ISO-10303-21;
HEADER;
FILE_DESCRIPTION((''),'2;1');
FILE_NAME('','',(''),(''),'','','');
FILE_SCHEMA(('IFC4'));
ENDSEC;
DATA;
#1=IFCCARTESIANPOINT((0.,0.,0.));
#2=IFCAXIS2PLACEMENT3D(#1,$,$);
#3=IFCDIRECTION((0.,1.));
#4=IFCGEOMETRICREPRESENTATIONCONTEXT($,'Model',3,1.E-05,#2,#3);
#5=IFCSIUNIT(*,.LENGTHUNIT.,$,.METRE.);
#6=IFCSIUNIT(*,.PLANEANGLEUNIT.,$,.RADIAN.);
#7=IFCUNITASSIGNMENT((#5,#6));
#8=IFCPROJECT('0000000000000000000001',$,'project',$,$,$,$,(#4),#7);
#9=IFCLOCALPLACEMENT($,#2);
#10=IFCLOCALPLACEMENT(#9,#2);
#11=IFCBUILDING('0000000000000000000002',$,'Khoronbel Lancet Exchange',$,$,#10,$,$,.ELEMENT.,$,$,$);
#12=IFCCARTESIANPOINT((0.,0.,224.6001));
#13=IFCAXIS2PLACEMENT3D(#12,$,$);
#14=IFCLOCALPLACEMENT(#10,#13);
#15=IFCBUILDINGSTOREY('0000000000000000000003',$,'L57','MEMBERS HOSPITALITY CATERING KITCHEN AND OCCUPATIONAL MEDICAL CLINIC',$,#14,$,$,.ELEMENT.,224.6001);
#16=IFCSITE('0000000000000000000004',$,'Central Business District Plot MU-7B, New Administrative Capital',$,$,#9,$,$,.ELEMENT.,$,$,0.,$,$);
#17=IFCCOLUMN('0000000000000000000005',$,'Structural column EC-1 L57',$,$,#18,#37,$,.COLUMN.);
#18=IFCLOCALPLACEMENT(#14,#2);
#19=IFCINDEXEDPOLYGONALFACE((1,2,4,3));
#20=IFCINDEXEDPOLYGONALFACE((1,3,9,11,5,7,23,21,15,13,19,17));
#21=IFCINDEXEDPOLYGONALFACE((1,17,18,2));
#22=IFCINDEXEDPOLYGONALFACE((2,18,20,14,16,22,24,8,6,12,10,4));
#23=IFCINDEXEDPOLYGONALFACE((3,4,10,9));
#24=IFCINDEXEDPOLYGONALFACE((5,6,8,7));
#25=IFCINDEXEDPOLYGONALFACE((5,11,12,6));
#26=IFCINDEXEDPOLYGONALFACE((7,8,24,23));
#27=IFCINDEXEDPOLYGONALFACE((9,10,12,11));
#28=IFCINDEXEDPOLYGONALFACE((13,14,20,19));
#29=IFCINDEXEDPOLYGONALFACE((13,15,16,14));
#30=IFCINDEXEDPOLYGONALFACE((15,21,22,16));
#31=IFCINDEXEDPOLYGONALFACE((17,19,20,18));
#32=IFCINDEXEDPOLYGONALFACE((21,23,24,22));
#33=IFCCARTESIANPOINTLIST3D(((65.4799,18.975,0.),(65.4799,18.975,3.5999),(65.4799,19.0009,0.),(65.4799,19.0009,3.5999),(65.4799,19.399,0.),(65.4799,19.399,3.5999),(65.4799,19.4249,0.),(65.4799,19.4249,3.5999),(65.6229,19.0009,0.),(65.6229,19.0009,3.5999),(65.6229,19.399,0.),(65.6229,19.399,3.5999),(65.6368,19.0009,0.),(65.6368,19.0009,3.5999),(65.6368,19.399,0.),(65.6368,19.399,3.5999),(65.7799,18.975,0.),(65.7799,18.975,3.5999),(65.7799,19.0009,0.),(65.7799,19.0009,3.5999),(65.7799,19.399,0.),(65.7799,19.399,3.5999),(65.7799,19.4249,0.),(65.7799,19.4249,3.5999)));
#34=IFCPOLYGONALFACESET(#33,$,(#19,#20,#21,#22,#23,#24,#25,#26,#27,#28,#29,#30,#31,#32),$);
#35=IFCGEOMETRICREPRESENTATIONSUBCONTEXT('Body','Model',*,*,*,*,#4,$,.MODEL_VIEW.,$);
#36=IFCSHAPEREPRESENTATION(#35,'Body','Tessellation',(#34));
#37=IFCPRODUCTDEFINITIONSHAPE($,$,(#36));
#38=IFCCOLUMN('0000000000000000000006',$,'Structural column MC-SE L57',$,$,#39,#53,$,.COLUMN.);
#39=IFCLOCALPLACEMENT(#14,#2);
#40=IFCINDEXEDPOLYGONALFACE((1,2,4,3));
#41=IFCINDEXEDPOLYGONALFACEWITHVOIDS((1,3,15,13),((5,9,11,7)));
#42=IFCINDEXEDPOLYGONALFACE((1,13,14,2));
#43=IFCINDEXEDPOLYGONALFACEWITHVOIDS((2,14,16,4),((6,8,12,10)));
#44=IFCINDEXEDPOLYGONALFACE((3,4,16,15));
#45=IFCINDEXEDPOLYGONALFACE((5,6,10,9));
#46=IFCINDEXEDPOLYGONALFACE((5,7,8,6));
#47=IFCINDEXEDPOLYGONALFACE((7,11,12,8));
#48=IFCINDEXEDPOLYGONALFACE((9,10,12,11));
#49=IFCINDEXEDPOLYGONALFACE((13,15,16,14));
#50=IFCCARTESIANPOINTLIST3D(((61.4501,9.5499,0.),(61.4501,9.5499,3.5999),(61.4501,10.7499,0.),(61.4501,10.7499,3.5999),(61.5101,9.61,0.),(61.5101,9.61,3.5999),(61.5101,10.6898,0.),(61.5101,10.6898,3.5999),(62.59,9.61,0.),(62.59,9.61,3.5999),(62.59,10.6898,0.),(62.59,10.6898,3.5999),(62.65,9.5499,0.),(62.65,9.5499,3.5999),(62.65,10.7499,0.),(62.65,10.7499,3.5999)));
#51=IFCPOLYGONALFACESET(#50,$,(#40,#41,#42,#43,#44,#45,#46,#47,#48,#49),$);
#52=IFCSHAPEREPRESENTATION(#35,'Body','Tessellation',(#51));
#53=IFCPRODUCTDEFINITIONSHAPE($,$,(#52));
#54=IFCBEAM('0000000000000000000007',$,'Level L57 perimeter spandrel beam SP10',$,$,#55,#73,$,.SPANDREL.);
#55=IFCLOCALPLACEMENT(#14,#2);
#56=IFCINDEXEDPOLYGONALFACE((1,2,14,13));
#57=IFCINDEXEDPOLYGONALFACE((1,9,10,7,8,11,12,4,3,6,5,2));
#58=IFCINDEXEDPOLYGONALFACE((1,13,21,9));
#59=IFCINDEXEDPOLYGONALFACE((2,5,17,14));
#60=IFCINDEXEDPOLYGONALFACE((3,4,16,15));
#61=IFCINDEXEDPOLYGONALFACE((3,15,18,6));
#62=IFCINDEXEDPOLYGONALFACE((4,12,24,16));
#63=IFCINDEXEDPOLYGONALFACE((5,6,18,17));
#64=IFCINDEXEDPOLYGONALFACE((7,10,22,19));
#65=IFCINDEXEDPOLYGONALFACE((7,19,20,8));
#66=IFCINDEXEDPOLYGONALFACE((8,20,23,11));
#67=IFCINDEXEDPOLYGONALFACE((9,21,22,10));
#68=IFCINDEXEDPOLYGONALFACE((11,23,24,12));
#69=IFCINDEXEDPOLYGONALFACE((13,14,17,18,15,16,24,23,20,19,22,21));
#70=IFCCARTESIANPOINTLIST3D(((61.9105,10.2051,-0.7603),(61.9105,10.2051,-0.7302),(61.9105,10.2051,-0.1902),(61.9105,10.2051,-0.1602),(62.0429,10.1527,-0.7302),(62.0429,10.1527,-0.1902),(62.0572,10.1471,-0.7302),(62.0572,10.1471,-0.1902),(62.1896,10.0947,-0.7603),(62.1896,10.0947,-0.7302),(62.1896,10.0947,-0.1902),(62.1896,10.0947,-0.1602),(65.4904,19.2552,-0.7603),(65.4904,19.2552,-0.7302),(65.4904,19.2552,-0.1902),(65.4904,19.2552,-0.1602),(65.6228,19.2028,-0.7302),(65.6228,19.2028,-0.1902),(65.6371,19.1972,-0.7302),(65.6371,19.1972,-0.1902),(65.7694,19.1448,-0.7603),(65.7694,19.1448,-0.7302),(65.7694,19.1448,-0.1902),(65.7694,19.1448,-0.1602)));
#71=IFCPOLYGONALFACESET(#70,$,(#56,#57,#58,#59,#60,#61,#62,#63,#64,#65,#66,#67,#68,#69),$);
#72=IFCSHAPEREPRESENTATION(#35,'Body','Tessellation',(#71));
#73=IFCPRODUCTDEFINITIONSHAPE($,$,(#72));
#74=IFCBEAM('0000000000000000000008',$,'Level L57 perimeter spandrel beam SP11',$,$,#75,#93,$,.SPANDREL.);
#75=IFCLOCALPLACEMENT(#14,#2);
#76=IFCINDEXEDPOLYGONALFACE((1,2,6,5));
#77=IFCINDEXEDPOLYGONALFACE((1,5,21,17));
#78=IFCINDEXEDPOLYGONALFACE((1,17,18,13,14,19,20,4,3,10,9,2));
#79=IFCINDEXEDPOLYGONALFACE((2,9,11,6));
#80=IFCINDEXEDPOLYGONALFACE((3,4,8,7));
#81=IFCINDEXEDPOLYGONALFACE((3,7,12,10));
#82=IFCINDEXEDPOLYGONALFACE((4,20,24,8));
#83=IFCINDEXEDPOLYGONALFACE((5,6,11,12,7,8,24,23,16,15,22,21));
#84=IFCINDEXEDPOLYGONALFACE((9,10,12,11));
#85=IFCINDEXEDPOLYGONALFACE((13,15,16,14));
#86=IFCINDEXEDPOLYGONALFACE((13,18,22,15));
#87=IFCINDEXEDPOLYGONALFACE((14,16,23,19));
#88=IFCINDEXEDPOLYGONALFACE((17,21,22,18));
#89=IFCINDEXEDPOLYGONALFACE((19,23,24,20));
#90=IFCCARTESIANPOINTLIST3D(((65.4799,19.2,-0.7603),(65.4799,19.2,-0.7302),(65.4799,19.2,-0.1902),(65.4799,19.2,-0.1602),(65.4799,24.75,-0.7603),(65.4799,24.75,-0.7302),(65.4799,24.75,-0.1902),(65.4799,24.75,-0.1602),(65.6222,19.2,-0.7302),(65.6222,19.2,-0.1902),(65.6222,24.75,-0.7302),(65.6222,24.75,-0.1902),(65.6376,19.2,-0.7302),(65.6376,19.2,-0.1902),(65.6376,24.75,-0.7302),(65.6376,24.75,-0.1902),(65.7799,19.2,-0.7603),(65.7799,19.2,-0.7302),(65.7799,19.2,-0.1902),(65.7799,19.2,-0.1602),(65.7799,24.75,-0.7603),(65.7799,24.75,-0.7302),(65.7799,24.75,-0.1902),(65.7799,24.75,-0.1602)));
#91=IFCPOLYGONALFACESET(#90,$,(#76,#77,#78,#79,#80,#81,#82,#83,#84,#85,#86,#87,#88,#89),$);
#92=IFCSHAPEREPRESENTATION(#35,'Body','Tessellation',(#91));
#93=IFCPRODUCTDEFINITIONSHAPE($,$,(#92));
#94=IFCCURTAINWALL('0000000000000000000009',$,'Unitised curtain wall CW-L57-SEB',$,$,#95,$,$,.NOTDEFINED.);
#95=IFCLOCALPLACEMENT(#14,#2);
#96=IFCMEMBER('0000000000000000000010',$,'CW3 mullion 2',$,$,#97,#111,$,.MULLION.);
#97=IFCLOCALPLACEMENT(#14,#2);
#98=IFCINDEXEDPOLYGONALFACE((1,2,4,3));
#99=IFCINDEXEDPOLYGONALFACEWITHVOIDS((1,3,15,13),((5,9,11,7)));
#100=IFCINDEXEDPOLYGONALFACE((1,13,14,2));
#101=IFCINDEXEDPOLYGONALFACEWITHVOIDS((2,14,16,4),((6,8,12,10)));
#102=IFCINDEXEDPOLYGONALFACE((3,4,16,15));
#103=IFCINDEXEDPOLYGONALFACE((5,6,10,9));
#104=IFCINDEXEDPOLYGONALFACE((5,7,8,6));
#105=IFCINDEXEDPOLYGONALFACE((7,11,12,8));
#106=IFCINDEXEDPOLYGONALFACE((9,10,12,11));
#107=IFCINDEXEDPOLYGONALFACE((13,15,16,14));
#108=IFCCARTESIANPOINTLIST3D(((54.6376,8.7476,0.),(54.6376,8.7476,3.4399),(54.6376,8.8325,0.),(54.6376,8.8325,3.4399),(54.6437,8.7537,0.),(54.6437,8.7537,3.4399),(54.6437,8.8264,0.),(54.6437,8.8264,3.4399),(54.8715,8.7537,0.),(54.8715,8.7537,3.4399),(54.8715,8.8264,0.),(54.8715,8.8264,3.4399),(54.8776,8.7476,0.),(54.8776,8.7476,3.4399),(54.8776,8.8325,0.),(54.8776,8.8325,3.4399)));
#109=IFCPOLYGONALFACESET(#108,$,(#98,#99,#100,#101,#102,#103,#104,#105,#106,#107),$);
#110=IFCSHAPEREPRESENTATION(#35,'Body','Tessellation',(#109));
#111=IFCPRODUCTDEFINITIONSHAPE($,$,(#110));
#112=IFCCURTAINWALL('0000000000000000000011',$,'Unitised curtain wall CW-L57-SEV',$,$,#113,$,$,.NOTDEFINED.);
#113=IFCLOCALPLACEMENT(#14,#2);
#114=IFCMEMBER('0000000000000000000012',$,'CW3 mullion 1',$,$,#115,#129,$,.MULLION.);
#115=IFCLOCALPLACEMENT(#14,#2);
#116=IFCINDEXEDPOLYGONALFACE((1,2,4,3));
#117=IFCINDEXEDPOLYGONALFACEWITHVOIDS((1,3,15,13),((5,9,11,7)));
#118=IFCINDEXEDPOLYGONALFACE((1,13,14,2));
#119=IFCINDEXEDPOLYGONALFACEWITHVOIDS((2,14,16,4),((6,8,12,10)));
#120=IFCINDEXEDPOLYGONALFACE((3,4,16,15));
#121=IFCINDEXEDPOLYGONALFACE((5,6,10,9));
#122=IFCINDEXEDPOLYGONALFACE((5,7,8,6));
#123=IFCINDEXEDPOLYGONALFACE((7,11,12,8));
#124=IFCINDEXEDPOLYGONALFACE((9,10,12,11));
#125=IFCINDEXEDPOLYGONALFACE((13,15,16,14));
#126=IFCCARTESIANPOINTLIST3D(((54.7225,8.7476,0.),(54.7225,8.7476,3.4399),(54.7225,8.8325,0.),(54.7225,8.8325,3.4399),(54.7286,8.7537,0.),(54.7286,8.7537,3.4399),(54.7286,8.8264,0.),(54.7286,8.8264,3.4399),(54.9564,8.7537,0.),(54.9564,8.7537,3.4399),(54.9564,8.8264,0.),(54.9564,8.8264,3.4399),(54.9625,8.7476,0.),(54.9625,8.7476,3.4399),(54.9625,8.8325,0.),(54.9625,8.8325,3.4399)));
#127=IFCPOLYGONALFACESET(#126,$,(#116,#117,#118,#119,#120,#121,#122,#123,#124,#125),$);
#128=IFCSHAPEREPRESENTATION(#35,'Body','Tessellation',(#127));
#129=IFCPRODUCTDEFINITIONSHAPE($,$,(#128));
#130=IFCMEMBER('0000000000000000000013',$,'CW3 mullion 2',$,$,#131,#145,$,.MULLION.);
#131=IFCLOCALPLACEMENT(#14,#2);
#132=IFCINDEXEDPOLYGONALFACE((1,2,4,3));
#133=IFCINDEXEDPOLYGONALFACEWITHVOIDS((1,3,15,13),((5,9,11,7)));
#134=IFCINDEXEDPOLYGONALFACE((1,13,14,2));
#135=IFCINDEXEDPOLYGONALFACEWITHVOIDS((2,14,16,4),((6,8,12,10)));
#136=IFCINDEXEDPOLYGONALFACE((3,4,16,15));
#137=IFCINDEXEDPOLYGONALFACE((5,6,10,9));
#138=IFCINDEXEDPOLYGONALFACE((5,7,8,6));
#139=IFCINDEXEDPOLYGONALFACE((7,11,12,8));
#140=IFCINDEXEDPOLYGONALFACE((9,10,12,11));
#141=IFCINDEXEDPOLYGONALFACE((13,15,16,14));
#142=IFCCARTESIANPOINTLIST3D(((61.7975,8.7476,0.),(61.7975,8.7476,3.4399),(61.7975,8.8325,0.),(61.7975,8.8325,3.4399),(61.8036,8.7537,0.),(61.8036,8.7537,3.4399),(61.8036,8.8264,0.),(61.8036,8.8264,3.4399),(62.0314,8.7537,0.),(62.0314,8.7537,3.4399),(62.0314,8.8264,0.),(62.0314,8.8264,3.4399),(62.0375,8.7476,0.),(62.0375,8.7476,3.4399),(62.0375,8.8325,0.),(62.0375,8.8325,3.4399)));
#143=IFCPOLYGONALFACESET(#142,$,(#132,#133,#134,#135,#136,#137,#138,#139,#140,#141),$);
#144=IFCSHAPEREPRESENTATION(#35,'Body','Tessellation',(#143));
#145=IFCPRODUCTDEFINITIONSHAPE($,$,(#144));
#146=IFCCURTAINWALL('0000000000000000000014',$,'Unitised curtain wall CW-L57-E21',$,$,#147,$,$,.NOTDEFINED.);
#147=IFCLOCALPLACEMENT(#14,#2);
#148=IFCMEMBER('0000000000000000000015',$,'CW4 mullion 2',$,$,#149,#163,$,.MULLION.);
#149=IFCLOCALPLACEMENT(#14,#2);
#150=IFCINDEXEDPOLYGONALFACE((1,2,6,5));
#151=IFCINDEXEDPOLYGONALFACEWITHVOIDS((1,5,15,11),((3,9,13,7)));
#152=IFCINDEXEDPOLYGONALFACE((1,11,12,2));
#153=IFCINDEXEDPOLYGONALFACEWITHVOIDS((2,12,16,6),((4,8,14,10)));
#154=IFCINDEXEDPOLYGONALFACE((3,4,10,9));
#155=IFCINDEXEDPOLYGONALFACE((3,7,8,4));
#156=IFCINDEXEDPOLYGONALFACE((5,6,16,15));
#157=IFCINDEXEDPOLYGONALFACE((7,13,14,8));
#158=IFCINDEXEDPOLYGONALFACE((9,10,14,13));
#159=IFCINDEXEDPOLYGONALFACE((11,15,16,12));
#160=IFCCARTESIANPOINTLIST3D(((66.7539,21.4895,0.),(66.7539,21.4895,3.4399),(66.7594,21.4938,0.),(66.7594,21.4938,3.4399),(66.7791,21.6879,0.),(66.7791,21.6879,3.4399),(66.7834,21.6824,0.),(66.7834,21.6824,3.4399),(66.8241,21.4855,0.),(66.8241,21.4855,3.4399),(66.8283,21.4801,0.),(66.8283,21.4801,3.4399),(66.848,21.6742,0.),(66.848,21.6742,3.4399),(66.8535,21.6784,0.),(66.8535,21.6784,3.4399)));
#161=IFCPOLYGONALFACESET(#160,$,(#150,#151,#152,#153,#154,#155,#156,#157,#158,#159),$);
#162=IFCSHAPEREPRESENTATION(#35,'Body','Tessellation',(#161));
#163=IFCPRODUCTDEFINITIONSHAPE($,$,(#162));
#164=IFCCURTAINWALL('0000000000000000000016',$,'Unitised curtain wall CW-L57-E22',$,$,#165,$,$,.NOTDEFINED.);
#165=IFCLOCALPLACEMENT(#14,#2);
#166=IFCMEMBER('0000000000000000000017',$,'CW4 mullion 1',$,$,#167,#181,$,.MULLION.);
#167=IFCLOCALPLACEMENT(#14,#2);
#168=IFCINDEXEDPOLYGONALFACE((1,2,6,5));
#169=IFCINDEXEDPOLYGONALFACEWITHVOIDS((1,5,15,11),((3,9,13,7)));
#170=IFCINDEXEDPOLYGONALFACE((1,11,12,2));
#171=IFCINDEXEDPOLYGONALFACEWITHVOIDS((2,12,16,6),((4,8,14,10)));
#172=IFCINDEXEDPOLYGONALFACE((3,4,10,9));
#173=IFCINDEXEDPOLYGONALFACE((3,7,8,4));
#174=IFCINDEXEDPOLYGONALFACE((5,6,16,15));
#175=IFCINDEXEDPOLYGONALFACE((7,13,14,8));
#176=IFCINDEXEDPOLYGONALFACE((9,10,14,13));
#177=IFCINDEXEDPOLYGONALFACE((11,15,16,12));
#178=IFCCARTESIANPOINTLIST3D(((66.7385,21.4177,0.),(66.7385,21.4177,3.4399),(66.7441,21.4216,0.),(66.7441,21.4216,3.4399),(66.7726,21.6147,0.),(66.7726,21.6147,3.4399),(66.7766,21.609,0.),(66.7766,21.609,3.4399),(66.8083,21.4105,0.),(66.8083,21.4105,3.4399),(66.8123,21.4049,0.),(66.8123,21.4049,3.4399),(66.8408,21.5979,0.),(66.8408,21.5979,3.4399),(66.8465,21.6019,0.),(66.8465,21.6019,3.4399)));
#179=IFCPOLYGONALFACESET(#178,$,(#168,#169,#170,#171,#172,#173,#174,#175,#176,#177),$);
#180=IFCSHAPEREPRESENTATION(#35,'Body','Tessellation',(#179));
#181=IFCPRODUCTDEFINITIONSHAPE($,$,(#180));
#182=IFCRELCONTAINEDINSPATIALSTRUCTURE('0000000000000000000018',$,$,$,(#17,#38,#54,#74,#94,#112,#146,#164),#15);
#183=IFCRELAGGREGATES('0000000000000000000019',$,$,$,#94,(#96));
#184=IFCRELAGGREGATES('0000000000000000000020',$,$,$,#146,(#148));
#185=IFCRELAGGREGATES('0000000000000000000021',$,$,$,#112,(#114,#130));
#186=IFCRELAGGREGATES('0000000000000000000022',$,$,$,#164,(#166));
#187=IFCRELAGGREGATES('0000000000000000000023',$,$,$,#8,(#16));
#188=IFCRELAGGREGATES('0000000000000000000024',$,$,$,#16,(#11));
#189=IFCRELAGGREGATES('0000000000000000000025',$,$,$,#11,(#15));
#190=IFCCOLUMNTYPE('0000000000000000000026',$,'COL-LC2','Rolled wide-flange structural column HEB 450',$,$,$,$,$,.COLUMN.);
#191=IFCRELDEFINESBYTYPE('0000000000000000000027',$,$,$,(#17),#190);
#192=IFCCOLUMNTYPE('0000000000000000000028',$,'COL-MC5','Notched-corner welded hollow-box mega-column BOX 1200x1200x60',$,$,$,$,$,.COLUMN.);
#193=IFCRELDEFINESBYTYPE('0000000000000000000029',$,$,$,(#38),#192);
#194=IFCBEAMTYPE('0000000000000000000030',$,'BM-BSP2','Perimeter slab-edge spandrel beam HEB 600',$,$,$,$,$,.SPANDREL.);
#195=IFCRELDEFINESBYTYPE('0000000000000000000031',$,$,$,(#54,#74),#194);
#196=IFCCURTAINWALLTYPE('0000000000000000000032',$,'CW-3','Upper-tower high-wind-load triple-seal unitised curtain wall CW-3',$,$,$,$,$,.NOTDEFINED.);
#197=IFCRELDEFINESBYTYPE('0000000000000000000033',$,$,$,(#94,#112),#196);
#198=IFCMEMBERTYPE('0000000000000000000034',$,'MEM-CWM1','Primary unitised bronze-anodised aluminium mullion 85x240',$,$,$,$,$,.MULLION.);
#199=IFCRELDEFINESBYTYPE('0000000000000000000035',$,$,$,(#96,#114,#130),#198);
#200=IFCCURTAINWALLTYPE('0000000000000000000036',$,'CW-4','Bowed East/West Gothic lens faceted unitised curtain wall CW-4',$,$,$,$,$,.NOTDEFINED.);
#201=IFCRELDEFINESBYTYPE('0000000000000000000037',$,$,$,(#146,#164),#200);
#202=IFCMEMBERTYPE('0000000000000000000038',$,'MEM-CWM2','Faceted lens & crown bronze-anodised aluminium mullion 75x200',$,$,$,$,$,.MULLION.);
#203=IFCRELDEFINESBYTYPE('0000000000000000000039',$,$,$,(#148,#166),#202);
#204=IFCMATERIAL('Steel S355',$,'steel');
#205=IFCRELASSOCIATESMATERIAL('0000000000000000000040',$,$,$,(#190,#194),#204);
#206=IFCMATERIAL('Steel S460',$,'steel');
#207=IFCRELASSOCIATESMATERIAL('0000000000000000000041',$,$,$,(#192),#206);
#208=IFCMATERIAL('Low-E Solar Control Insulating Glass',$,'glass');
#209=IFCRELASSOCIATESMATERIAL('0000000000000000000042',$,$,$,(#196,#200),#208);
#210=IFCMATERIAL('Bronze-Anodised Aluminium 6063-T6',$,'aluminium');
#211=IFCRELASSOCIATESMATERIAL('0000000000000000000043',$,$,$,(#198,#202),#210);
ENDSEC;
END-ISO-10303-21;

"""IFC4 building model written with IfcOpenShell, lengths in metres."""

from ifc_helpers import new_model, si_unit, direction, frame, origin, origin_2d, place, context, subcontext, project, spatial, hollow_rectangle, i_section, extrude, material, material_profile, profile_set, type_object, element, aggregate, save


model = new_model("IFC4")

# Units and contexts
model_context = context("Model", 3, precision=1e-05, world=origin(), true_north=direction((0.0, 1.0)))
body_context = subcontext(model_context, "Body", "Model", "MODEL_VIEW")
ifc_project = project(units=[si_unit("LENGTHUNIT", "METRE"), si_unit("PLANEANGLEUNIT", "RADIAN")], contexts=[model_context])

# Site, building, storey
site_placement = place(None, origin())
site = spatial("IfcSite", under=ifc_project, at=site_placement, Name="Central Business District Plot MU-7B, New Administrative Capital", CompositionType="ELEMENT", RefElevation=0.0)
building_placement = place(site_placement, origin())
building = spatial("IfcBuilding", under=site, at=building_placement, Name="Khoronbel Lancet Exchange", CompositionType="ELEMENT")
storey_placement = place(building_placement, frame((0.0, 0.0, 224.6001)))
storey = spatial("IfcBuildingStorey", under=building, at=storey_placement, Name="L57", Description="MEMBERS HOSPITALITY CATERING KITCHEN AND OCCUPATIONAL MEDICAL CLINIC", CompositionType="ELEMENT", Elevation=224.6001)

# Columns
ifc_material_1 = material(Name="Steel S355", Category="steel")
ifc_material_profile_1 = material_profile(ifc_material_1, i_section(OverallWidth=0.3, OverallDepth=0.45, WebThickness=0.0139, FlangeThickness=0.0259, at=origin_2d()), Name="HEB 450")
ifc_profile_set_1 = profile_set([ifc_material_profile_1], Name="Steel S355")
column_type_1 = type_object("IfcColumnType", Name="COL-LC2", Description="Rolled wide-flange structural column HEB 450", PredefinedType="COLUMN", material=ifc_profile_set_1)
column_1_placement = place(storey_placement, frame((65.6299, 19.2, 0.0), z_axis=(0.0, 0.0, 1.0), x_axis=(1.0, 0.0, 0.0)))
element("IfcColumn", 1, at=column_1_placement, inside=storey, type_object=column_type_1, Name="Structural column EC-1 L57", PredefinedType="COLUMN", context=body_context, shape_type="SweptSolid", body=[
    extrude(i_section(OverallWidth=0.3, OverallDepth=0.45, WebThickness=0.0139, FlangeThickness=0.0259, at=origin_2d()), origin(), (0.0, 0.0, 1.0), 3.5999),
])
ifc_material_2 = material(Name="Steel S460", Category="steel")
ifc_material_profile_2 = material_profile(ifc_material_2, hollow_rectangle(XDim=1.2, YDim=1.2, WallThickness=0.0601, at=origin_2d()), Name="BOX 1200x1200x60")
ifc_profile_set_2 = profile_set([ifc_material_profile_2], Name="Steel S460")
column_type_2 = type_object("IfcColumnType", Name="COL-MC5", Description="Notched-corner welded hollow-box mega-column BOX 1200x1200x60", PredefinedType="COLUMN", material=ifc_profile_set_2)
column_2_placement = place(storey_placement, frame((62.05, 10.1499, 0.0), z_axis=(0.0, 0.0, 1.0), x_axis=(1.0, 0.0, 0.0)))
element("IfcColumn", 2, at=column_2_placement, inside=storey, type_object=column_type_2, Name="Structural column MC-SE L57", PredefinedType="COLUMN", context=body_context, shape_type="SweptSolid", body=[
    extrude(hollow_rectangle(XDim=1.2, YDim=1.2, WallThickness=0.0601, at=origin_2d()), origin(), (0.0, 0.0, 1.0), 3.5999),
])

# Beams
ifc_material_profile_3 = material_profile(ifc_material_1, i_section(OverallWidth=0.3, OverallDepth=0.6001, WebThickness=0.0154, FlangeThickness=0.03, at=origin_2d()), Name="HEB 600")
ifc_profile_set_3 = profile_set([ifc_material_profile_3], Name="Steel S355")
beam_type = type_object("IfcBeamType", Name="BM-BSP2", Description="Perimeter slab-edge spandrel beam HEB 600", PredefinedType="SPANDREL", material=ifc_profile_set_3)
beam_1_placement = place(storey_placement, frame((62.05, 10.1499, -0.4602), z_axis=(0.367828, 0.929894, 0.0), x_axis=(-0.929894, 0.367828, 0.0)))
element("IfcBeam", 3, at=beam_1_placement, inside=storey, type_object=beam_type, Name="Level L57 perimeter spandrel beam SP10", PredefinedType="SPANDREL", context=body_context, shape_type="SweptSolid", body=[
    extrude(i_section(OverallWidth=0.3, OverallDepth=0.6001, WebThickness=0.0154, FlangeThickness=0.03, at=origin_2d()), origin(), (0.0, 0.0, 1.0), 9.7324),
])
beam_2_placement = place(storey_placement, frame((65.6299, 19.2, -0.4602), z_axis=(0.0, 1.0, 0.0), x_axis=(-1.0, 0.0, 0.0)))
element("IfcBeam", 4, at=beam_2_placement, inside=storey, type_object=beam_type, Name="Level L57 perimeter spandrel beam SP11", PredefinedType="SPANDREL", context=body_context, shape_type="SweptSolid", body=[
    extrude(i_section(OverallWidth=0.3, OverallDepth=0.6001, WebThickness=0.0154, FlangeThickness=0.03, at=origin_2d()), origin(), (0.0, 0.0, 1.0), 5.55),
])

# Curtain wall, member
ifc_material_3 = material(Name="Low-E Solar Control Insulating Glass", Category="glass")
curtain_wall_type_1 = type_object("IfcCurtainWallType", Name="CW-3", Description="Upper-tower high-wind-load triple-seal unitised curtain wall CW-3", PredefinedType="NOTDEFINED", material=ifc_material_3)
curtain_wall_1_placement = place(storey_placement, origin())
curtain_wall_1 = element("IfcCurtainWall", 5, at=curtain_wall_1_placement, inside=storey, type_object=curtain_wall_type_1, Name="Unitised curtain wall CW-L57-SEB", PredefinedType="NOTDEFINED")
ifc_material_4 = material(Name="Bronze-Anodised Aluminium 6063-T6", Category="aluminium")
ifc_material_profile_4 = material_profile(ifc_material_4, hollow_rectangle(XDim=0.085, YDim=0.24, WallThickness=0.0061, at=origin_2d()), Name="ALU MULLION 85x240")
ifc_profile_set_4 = profile_set([ifc_material_profile_4], Name="Bronze-Anodised Aluminium 6063-T6")
member_type_1 = type_object("IfcMemberType", Name="MEM-CWM1", Description="Primary unitised bronze-anodised aluminium mullion 85x240", PredefinedType="MULLION", material=ifc_profile_set_4)
member_1_placement = place(storey_placement, frame((54.7576, 8.79, 0.0), z_axis=(0.0, 0.0, 1.0), x_axis=(0.0, 1.0, 0.0)))
member_1 = element("IfcMember", 6, at=member_1_placement, type_object=member_type_1, Name="CW3 mullion 2", PredefinedType="MULLION", context=body_context, shape_type="SweptSolid", body=[
    extrude(hollow_rectangle(XDim=0.085, YDim=0.24, WallThickness=0.0061, at=origin_2d()), origin(), (0.0, 0.0, 1.0), 3.4399),
])
aggregate(curtain_wall_1, [member_1])

# Curtain wall, members
curtain_wall_2_placement = place(storey_placement, origin())
curtain_wall_2 = element("IfcCurtainWall", 7, at=curtain_wall_2_placement, inside=storey, type_object=curtain_wall_type_1, Name="Unitised curtain wall CW-L57-SEV", PredefinedType="NOTDEFINED")
member_2_placement = place(storey_placement, frame((54.8425, 8.79, 0.0), z_axis=(0.0, 0.0, 1.0), x_axis=(0.0, 1.0, 0.0)))
member_2 = element("IfcMember", 8, at=member_2_placement, type_object=member_type_1, Name="CW3 mullion 1", PredefinedType="MULLION", context=body_context, shape_type="SweptSolid", body=[
    extrude(hollow_rectangle(XDim=0.085, YDim=0.24, WallThickness=0.0061, at=origin_2d()), origin(), (0.0, 0.0, 1.0), 3.4399),
])
member_3_placement = place(storey_placement, frame((61.9175, 8.79, 0.0), z_axis=(0.0, 0.0, 1.0), x_axis=(0.0, 1.0, 0.0)))
member_3 = element("IfcMember", 9, at=member_3_placement, type_object=member_type_1, Name="CW3 mullion 2", PredefinedType="MULLION", context=body_context, shape_type="SweptSolid", body=[
    extrude(hollow_rectangle(XDim=0.085, YDim=0.24, WallThickness=0.0061, at=origin_2d()), origin(), (0.0, 0.0, 1.0), 3.4399),
])

# Curtain wall, member
curtain_wall_type_2 = type_object("IfcCurtainWallType", Name="CW-4", Description="Bowed East/West Gothic lens faceted unitised curtain wall CW-4", PredefinedType="NOTDEFINED", material=ifc_material_3)
curtain_wall_3_placement = place(storey_placement, origin())
curtain_wall_3 = element("IfcCurtainWall", 10, at=curtain_wall_3_placement, inside=storey, type_object=curtain_wall_type_2, Name="Unitised curtain wall CW-L57-E21", PredefinedType="NOTDEFINED")
ifc_material_profile_5 = material_profile(ifc_material_4, hollow_rectangle(XDim=0.075, YDim=0.2, WallThickness=0.0049, at=origin_2d()), Name="ALU MULLION 75x200")
ifc_profile_set_5 = profile_set([ifc_material_profile_5], Name="Bronze-Anodised Aluminium 6063-T6")
member_type_2 = type_object("IfcMemberType", Name="MEM-CWM2", Description="Faceted lens & crown bronze-anodised aluminium mullion 75x200", PredefinedType="MULLION", material=ifc_profile_set_5)
member_4_placement = place(storey_placement, frame((66.8037, 21.584, 0.0), z_axis=(0.0, 0.0, 1.0), x_axis=(0.99204, -0.125921, 0.0)))
member_4 = element("IfcMember", 11, at=member_4_placement, type_object=member_type_2, Name="CW4 mullion 2", PredefinedType="MULLION", context=body_context, shape_type="SweptSolid", body=[
    extrude(hollow_rectangle(XDim=0.075, YDim=0.2, WallThickness=0.0049, at=origin_2d()), origin(), (0.0, 0.0, 1.0), 3.4399),
])
aggregate(curtain_wall_3, [member_4])

# Curtain wall, member
curtain_wall_4_placement = place(storey_placement, origin())
curtain_wall_4 = element("IfcCurtainWall", 12, at=curtain_wall_4_placement, inside=storey, type_object=curtain_wall_type_2, Name="Unitised curtain wall CW-L57-E22", PredefinedType="NOTDEFINED")
member_5_placement = place(storey_placement, frame((66.7925, 21.5098, 0.0), z_axis=(0.0, 0.0, 1.0), x_axis=(0.9853, -0.170834, 0.0)))
member_5 = element("IfcMember", 13, at=member_5_placement, type_object=member_type_2, Name="CW4 mullion 1", PredefinedType="MULLION", context=body_context, shape_type="SweptSolid", body=[
    extrude(hollow_rectangle(XDim=0.075, YDim=0.2, WallThickness=0.0049, at=origin_2d()), origin(), (0.0, 0.0, 1.0), 3.4399),
])

aggregate(curtain_wall_2, [member_2, member_3])
aggregate(curtain_wall_4, [member_5])

save(model, "model.ifc")
